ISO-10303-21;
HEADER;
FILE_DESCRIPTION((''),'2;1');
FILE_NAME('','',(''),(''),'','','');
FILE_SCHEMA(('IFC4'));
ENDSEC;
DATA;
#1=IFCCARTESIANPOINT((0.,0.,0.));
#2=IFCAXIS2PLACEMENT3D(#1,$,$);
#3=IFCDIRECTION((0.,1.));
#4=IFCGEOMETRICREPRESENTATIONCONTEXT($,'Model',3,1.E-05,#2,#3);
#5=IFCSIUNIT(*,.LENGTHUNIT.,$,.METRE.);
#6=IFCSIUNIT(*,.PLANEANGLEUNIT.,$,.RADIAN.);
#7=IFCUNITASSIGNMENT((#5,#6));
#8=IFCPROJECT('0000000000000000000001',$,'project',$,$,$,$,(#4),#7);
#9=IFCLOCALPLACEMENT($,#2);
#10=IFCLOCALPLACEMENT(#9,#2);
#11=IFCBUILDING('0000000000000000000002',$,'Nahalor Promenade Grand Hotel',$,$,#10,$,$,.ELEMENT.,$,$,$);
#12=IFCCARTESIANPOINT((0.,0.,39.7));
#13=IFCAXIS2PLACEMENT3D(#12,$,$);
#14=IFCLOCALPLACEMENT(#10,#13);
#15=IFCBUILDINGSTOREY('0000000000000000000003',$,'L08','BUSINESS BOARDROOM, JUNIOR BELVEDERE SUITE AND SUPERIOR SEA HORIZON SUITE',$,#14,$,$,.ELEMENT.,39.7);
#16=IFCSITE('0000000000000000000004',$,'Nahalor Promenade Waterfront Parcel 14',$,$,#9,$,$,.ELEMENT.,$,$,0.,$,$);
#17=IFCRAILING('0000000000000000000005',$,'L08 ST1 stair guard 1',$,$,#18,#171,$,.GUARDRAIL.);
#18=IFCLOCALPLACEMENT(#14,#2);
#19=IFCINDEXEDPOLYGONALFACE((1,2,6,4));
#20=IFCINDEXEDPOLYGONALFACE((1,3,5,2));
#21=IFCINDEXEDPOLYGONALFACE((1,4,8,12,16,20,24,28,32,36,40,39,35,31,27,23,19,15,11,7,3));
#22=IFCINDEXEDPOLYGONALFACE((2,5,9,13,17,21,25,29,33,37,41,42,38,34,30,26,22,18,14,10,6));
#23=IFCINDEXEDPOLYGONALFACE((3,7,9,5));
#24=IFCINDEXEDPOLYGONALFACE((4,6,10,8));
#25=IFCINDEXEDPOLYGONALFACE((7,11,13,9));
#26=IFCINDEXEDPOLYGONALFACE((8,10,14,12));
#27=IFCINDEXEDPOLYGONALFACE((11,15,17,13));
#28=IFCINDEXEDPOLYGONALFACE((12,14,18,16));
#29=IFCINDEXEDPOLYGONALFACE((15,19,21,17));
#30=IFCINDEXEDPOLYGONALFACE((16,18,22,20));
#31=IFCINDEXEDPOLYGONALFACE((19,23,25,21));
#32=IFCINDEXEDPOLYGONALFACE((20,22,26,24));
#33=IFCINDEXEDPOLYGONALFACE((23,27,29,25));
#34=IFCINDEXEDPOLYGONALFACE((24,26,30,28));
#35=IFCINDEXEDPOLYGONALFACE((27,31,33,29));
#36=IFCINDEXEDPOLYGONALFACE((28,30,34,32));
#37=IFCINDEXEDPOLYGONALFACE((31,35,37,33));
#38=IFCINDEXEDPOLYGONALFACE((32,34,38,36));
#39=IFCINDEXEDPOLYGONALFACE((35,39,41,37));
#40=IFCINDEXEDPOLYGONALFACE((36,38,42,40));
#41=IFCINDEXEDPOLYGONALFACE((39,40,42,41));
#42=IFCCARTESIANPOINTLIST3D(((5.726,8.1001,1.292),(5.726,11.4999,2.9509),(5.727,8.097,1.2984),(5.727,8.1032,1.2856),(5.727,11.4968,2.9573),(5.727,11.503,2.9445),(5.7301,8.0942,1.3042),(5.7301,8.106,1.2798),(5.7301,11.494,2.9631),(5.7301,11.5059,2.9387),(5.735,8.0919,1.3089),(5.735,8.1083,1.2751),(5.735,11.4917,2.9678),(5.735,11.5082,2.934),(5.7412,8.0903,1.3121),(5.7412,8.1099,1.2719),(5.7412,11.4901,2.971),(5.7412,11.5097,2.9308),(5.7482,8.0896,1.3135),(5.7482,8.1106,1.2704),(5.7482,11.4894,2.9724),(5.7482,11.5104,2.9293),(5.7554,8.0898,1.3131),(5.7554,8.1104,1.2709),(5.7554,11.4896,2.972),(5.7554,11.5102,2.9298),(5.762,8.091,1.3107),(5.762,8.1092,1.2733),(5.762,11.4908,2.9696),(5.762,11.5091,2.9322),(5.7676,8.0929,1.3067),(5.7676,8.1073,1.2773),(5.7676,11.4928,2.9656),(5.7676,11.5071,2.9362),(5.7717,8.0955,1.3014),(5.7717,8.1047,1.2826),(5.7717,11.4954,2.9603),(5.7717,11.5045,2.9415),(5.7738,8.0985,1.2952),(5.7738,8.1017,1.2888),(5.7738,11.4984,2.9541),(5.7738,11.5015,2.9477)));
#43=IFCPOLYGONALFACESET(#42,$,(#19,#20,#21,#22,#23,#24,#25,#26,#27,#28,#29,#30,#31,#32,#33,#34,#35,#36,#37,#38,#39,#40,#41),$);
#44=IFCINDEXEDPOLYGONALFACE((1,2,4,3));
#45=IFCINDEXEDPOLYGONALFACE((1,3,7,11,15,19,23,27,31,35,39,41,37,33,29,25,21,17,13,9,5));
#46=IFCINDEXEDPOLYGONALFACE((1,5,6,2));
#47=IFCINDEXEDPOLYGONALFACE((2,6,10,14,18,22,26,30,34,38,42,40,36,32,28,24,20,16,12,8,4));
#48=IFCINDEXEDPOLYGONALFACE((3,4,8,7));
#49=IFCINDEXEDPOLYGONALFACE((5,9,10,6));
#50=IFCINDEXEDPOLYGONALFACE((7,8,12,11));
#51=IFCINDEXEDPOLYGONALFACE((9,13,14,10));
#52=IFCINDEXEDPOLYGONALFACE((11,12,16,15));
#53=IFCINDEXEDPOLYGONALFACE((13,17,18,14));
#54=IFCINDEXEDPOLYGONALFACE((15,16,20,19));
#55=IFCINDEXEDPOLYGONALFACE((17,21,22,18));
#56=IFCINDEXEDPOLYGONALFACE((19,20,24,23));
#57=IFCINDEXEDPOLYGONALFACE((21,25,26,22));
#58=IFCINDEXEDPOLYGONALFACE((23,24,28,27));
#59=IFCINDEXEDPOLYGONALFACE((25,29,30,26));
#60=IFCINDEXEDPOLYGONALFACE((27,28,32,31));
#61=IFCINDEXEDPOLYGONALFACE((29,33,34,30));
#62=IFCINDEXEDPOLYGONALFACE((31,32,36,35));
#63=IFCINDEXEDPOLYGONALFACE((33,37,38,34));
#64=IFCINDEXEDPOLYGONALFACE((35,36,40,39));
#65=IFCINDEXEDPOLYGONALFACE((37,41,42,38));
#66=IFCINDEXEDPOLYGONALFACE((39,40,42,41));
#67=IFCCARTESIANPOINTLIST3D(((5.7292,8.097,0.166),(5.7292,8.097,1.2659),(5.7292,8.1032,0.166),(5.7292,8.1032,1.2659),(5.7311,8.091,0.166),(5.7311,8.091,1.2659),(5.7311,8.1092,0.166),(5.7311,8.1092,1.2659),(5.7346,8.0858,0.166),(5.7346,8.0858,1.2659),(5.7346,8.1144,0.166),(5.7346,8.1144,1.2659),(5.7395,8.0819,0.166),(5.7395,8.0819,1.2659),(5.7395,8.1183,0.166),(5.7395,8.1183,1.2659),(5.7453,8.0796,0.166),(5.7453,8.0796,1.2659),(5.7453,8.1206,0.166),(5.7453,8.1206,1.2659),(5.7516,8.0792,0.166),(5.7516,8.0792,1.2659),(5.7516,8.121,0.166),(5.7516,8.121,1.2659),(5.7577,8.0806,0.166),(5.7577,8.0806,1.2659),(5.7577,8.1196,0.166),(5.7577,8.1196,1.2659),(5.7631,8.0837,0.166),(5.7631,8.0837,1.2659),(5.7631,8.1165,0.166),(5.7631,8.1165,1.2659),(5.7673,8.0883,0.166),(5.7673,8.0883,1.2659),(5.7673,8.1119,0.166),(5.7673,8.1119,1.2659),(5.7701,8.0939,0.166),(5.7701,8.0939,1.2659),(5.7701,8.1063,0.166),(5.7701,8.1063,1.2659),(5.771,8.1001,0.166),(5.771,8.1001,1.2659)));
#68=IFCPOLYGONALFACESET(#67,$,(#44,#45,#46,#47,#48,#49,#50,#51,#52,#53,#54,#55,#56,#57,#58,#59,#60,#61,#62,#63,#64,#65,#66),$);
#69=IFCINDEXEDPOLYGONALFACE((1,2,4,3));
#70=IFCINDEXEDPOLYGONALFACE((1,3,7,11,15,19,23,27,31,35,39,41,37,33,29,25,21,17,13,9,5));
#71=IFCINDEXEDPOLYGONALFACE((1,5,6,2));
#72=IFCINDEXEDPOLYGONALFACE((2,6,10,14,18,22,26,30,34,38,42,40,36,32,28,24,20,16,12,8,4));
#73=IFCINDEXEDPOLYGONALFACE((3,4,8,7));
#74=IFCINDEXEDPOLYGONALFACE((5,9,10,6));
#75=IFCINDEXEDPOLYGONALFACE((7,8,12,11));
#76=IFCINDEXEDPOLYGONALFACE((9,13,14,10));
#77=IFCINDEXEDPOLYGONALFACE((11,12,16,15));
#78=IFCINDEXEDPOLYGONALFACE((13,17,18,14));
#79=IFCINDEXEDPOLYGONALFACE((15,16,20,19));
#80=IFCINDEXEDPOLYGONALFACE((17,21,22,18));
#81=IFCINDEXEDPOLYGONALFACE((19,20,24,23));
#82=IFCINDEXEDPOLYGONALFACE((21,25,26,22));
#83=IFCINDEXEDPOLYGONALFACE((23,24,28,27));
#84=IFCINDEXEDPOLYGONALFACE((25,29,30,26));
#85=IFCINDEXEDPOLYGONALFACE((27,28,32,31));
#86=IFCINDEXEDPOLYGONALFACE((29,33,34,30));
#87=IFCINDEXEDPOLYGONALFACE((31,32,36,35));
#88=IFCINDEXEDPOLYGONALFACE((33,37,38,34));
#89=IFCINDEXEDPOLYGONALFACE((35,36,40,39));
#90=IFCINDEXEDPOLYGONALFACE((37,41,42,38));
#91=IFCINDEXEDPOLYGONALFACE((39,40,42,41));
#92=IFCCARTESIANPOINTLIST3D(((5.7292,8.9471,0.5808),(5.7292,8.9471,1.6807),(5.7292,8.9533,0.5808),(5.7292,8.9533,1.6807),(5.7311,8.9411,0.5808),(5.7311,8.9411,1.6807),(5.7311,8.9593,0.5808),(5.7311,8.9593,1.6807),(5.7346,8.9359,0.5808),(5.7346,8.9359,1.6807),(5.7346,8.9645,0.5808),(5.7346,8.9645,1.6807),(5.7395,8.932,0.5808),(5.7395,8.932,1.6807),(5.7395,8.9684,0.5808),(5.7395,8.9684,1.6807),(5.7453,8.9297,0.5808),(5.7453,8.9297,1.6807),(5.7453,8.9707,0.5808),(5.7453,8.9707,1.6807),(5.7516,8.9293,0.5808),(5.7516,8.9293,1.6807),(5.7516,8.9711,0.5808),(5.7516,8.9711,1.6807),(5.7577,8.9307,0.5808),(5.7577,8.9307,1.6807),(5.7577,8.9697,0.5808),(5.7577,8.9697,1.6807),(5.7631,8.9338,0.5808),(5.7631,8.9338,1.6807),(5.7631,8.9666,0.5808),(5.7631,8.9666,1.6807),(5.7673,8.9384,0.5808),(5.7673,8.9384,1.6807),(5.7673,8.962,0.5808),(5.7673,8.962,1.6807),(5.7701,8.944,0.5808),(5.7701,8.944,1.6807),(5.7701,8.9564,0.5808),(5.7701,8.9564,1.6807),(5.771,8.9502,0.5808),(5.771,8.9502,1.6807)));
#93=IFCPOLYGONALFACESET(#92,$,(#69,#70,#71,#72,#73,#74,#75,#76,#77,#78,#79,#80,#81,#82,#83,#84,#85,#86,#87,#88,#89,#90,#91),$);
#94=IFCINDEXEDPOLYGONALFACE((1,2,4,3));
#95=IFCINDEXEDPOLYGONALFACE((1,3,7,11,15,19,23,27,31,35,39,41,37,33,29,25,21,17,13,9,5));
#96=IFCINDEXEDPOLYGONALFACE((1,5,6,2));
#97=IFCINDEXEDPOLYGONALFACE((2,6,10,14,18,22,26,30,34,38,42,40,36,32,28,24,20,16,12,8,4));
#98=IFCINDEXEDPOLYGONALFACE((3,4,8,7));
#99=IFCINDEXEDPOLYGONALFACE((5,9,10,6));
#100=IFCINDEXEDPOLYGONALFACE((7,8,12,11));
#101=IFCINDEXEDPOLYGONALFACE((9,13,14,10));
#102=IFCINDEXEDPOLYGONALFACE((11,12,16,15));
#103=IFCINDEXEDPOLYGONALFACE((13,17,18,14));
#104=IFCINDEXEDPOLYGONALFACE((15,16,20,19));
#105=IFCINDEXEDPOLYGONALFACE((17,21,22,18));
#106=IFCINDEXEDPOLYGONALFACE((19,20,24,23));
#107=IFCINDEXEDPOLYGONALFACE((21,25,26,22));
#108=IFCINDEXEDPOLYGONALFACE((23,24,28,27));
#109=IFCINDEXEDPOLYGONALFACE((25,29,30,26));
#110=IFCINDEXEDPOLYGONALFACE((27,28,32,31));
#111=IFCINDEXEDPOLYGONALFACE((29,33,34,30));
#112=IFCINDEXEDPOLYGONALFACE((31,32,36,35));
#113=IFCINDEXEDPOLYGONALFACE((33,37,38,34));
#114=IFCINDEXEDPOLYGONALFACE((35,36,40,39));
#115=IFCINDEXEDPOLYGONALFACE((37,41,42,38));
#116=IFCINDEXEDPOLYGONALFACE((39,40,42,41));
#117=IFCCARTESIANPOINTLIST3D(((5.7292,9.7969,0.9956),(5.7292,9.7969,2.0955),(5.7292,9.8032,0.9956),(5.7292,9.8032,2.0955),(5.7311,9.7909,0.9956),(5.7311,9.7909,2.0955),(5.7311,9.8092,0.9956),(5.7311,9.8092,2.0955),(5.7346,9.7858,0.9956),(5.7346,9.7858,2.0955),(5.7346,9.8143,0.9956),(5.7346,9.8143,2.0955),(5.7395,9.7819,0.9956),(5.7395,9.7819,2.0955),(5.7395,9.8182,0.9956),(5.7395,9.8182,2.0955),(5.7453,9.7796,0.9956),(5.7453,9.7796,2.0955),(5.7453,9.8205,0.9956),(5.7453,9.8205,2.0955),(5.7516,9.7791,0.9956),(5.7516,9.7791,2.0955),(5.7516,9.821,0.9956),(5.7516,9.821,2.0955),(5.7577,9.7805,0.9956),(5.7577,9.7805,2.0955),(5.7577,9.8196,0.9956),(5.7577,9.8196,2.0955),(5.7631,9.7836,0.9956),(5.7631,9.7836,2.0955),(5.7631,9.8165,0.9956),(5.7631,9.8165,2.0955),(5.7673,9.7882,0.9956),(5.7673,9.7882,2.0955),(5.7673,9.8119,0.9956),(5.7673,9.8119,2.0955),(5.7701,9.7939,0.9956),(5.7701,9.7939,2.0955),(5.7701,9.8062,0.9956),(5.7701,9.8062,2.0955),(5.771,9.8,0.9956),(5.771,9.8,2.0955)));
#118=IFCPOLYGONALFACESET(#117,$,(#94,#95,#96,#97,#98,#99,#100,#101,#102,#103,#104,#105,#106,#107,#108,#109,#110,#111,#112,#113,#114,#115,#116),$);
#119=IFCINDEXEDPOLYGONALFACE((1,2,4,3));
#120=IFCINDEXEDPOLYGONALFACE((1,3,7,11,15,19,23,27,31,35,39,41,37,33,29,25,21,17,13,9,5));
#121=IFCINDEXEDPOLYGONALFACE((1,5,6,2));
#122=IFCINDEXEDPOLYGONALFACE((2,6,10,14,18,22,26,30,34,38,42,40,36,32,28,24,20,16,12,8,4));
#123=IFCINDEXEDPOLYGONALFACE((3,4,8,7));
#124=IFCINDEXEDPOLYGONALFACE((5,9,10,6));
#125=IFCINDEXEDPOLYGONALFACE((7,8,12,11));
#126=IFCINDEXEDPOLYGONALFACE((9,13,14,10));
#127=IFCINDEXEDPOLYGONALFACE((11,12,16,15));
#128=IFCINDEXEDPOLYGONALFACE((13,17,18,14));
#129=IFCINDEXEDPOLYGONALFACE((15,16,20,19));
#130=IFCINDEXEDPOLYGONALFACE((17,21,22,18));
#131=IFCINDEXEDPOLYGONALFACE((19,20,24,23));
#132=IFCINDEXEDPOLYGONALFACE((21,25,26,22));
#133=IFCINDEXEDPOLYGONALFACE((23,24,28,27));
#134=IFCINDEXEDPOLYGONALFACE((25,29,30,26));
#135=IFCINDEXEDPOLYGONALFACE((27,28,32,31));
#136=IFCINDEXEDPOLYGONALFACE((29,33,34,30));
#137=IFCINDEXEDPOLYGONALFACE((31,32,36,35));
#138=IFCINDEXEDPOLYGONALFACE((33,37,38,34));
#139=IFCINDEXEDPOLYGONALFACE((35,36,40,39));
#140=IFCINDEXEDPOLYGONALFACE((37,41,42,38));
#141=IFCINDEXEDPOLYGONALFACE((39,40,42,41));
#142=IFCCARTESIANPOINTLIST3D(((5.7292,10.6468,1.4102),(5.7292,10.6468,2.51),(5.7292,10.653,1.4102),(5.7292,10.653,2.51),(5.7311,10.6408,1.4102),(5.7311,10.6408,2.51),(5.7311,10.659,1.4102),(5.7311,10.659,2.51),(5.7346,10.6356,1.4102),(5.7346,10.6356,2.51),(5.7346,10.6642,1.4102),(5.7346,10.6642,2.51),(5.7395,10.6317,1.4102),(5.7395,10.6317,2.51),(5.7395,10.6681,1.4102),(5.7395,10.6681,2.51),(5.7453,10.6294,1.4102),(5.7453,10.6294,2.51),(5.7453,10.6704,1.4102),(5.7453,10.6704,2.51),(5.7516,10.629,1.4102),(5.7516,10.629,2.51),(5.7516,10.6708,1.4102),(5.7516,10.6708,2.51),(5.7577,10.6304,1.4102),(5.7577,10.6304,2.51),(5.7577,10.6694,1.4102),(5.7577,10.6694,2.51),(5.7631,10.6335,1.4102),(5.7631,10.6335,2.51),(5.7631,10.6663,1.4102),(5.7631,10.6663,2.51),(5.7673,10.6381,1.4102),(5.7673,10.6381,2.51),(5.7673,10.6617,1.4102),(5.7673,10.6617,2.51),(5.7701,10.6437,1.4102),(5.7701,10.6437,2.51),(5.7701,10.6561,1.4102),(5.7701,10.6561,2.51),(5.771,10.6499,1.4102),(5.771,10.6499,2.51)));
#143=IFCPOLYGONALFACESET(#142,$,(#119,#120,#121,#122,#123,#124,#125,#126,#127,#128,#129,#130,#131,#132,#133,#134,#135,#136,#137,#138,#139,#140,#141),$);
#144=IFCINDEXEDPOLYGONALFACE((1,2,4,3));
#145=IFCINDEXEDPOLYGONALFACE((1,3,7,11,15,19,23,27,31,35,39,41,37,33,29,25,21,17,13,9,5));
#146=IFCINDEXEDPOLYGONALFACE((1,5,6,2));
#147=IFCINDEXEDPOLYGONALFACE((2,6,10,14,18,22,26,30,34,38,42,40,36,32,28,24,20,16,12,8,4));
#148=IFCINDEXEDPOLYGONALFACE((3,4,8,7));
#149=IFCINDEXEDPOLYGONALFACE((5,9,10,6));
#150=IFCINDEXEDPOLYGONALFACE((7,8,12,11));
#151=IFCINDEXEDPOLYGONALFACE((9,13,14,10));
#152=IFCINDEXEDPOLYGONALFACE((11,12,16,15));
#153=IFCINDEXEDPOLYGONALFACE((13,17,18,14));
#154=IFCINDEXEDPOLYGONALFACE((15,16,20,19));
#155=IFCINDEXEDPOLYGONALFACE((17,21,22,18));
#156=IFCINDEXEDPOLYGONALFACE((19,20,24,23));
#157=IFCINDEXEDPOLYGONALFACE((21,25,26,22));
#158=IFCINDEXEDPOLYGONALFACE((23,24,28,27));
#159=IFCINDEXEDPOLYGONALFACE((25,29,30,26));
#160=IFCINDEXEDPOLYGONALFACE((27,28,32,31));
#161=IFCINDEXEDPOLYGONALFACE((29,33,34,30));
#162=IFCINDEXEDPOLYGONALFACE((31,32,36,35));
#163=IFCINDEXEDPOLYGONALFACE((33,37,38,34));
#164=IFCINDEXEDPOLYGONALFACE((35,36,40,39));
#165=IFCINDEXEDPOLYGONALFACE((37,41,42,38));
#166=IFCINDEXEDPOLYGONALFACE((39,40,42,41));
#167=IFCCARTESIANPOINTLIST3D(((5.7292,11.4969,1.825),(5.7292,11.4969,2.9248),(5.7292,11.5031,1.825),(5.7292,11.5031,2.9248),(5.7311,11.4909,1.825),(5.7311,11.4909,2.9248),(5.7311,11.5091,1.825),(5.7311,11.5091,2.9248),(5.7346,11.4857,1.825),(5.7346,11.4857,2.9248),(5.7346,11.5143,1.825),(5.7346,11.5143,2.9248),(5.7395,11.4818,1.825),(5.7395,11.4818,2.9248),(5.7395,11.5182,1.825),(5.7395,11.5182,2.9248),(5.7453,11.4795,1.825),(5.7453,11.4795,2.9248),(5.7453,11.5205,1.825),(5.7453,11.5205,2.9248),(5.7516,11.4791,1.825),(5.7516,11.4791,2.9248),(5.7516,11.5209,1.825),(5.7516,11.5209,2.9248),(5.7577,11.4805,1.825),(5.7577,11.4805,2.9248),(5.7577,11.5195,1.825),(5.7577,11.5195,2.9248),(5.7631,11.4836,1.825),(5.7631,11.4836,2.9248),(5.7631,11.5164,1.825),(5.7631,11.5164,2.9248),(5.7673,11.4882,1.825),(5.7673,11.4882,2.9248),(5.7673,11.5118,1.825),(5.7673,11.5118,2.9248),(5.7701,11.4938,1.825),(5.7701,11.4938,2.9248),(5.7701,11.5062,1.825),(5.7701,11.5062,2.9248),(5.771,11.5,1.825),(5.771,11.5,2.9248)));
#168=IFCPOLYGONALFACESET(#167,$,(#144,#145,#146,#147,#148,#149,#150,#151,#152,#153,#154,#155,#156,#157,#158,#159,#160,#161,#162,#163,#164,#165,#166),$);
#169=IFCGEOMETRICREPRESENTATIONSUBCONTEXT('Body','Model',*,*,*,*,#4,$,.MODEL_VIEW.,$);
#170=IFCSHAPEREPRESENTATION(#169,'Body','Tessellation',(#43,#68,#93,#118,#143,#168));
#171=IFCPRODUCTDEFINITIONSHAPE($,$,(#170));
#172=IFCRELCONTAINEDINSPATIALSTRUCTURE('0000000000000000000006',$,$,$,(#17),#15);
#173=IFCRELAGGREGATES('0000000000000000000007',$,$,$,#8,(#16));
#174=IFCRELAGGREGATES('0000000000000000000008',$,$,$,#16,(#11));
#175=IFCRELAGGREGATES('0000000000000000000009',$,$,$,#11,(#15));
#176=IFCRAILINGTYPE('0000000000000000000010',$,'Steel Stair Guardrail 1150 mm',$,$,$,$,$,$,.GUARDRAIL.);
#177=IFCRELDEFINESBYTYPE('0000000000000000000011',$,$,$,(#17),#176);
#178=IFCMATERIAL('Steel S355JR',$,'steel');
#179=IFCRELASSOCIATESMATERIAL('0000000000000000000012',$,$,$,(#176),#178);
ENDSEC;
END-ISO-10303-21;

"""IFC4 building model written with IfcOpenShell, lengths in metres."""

from ifc_helpers import new_model, si_unit, direction, frame, origin, origin_2d, place, context, subcontext, project, spatial, circle, extrude, material, type_object, element, save


model = new_model("IFC4")

# Units and contexts
model_context = context("Model", 3, precision=1e-05, world=origin(), true_north=direction((0.0, 1.0)))
body_context = subcontext(model_context, "Body", "Model", "MODEL_VIEW")
ifc_project = project(units=[si_unit("LENGTHUNIT", "METRE"), si_unit("PLANEANGLEUNIT", "RADIAN")], contexts=[model_context])

# Site, building, storey
site_placement = place(None, origin())
site = spatial("IfcSite", under=ifc_project, at=site_placement, Name="Nahalor Promenade Waterfront Parcel 14", CompositionType="ELEMENT", RefElevation=0.0)
building_placement = place(site_placement, origin())
building = spatial("IfcBuilding", under=site, at=building_placement, Name="Nahalor Promenade Grand Hotel", CompositionType="ELEMENT")
storey_placement = place(building_placement, frame((0.0, 0.0, 39.7)))
storey = spatial("IfcBuildingStorey", under=building, at=storey_placement, Name="L08", Description="BUSINESS BOARDROOM, JUNIOR BELVEDERE SUITE AND SUPERIOR SEA HORIZON SUITE", CompositionType="ELEMENT", Elevation=39.7)

# Shared definitions
ifc_material_1 = material(Name="Steel S355JR", Category="steel")

# Railing
railing_type_1 = type_object("IfcRailingType", Name="Steel Stair Guardrail 1150 mm", PredefinedType="GUARDRAIL", material=ifc_material_1)
railing_1_placement = place(storey_placement, frame((5.75, 8.1001, 0.166)))
element("IfcRailing", 1, at=railing_1_placement, inside=storey, type_object=railing_type_1, Name="L08 ST1 stair guard 1", PredefinedType="GUARDRAIL", context=body_context, shape_type="SweptSolid", body=[
    extrude(circle(Radius=0.024, at=origin_2d()), frame((0.0, 0.0, 1.126), z_axis=(0.0, 0.898722, 0.438519), x_axis=(-1.0, 0.0, 0.0)), (0.0, 0.0, 1.0), 3.783),
    extrude(circle(Radius=0.021, at=origin_2d()), origin(), (0.0, 0.0, 1.0), 1.0999),
    extrude(circle(Radius=0.021, at=origin_2d()), frame((0.0, 0.8501, 0.4148)), (0.0, 0.0, 1.0), 1.0999),
    extrude(circle(Radius=0.021, at=origin_2d()), frame((0.0, 1.7, 0.8296)), (0.0, 0.0, 1.0), 1.0999),
    extrude(circle(Radius=0.021, at=origin_2d()), frame((0.0, 2.5498, 1.2441)), (0.0, 0.0, 1.0), 1.0999),
    extrude(circle(Radius=0.021, at=origin_2d()), frame((0.0, 3.3999, 1.6589)), (0.0, 0.0, 1.0), 1.0999),
])

save(model, "model.ifc")
